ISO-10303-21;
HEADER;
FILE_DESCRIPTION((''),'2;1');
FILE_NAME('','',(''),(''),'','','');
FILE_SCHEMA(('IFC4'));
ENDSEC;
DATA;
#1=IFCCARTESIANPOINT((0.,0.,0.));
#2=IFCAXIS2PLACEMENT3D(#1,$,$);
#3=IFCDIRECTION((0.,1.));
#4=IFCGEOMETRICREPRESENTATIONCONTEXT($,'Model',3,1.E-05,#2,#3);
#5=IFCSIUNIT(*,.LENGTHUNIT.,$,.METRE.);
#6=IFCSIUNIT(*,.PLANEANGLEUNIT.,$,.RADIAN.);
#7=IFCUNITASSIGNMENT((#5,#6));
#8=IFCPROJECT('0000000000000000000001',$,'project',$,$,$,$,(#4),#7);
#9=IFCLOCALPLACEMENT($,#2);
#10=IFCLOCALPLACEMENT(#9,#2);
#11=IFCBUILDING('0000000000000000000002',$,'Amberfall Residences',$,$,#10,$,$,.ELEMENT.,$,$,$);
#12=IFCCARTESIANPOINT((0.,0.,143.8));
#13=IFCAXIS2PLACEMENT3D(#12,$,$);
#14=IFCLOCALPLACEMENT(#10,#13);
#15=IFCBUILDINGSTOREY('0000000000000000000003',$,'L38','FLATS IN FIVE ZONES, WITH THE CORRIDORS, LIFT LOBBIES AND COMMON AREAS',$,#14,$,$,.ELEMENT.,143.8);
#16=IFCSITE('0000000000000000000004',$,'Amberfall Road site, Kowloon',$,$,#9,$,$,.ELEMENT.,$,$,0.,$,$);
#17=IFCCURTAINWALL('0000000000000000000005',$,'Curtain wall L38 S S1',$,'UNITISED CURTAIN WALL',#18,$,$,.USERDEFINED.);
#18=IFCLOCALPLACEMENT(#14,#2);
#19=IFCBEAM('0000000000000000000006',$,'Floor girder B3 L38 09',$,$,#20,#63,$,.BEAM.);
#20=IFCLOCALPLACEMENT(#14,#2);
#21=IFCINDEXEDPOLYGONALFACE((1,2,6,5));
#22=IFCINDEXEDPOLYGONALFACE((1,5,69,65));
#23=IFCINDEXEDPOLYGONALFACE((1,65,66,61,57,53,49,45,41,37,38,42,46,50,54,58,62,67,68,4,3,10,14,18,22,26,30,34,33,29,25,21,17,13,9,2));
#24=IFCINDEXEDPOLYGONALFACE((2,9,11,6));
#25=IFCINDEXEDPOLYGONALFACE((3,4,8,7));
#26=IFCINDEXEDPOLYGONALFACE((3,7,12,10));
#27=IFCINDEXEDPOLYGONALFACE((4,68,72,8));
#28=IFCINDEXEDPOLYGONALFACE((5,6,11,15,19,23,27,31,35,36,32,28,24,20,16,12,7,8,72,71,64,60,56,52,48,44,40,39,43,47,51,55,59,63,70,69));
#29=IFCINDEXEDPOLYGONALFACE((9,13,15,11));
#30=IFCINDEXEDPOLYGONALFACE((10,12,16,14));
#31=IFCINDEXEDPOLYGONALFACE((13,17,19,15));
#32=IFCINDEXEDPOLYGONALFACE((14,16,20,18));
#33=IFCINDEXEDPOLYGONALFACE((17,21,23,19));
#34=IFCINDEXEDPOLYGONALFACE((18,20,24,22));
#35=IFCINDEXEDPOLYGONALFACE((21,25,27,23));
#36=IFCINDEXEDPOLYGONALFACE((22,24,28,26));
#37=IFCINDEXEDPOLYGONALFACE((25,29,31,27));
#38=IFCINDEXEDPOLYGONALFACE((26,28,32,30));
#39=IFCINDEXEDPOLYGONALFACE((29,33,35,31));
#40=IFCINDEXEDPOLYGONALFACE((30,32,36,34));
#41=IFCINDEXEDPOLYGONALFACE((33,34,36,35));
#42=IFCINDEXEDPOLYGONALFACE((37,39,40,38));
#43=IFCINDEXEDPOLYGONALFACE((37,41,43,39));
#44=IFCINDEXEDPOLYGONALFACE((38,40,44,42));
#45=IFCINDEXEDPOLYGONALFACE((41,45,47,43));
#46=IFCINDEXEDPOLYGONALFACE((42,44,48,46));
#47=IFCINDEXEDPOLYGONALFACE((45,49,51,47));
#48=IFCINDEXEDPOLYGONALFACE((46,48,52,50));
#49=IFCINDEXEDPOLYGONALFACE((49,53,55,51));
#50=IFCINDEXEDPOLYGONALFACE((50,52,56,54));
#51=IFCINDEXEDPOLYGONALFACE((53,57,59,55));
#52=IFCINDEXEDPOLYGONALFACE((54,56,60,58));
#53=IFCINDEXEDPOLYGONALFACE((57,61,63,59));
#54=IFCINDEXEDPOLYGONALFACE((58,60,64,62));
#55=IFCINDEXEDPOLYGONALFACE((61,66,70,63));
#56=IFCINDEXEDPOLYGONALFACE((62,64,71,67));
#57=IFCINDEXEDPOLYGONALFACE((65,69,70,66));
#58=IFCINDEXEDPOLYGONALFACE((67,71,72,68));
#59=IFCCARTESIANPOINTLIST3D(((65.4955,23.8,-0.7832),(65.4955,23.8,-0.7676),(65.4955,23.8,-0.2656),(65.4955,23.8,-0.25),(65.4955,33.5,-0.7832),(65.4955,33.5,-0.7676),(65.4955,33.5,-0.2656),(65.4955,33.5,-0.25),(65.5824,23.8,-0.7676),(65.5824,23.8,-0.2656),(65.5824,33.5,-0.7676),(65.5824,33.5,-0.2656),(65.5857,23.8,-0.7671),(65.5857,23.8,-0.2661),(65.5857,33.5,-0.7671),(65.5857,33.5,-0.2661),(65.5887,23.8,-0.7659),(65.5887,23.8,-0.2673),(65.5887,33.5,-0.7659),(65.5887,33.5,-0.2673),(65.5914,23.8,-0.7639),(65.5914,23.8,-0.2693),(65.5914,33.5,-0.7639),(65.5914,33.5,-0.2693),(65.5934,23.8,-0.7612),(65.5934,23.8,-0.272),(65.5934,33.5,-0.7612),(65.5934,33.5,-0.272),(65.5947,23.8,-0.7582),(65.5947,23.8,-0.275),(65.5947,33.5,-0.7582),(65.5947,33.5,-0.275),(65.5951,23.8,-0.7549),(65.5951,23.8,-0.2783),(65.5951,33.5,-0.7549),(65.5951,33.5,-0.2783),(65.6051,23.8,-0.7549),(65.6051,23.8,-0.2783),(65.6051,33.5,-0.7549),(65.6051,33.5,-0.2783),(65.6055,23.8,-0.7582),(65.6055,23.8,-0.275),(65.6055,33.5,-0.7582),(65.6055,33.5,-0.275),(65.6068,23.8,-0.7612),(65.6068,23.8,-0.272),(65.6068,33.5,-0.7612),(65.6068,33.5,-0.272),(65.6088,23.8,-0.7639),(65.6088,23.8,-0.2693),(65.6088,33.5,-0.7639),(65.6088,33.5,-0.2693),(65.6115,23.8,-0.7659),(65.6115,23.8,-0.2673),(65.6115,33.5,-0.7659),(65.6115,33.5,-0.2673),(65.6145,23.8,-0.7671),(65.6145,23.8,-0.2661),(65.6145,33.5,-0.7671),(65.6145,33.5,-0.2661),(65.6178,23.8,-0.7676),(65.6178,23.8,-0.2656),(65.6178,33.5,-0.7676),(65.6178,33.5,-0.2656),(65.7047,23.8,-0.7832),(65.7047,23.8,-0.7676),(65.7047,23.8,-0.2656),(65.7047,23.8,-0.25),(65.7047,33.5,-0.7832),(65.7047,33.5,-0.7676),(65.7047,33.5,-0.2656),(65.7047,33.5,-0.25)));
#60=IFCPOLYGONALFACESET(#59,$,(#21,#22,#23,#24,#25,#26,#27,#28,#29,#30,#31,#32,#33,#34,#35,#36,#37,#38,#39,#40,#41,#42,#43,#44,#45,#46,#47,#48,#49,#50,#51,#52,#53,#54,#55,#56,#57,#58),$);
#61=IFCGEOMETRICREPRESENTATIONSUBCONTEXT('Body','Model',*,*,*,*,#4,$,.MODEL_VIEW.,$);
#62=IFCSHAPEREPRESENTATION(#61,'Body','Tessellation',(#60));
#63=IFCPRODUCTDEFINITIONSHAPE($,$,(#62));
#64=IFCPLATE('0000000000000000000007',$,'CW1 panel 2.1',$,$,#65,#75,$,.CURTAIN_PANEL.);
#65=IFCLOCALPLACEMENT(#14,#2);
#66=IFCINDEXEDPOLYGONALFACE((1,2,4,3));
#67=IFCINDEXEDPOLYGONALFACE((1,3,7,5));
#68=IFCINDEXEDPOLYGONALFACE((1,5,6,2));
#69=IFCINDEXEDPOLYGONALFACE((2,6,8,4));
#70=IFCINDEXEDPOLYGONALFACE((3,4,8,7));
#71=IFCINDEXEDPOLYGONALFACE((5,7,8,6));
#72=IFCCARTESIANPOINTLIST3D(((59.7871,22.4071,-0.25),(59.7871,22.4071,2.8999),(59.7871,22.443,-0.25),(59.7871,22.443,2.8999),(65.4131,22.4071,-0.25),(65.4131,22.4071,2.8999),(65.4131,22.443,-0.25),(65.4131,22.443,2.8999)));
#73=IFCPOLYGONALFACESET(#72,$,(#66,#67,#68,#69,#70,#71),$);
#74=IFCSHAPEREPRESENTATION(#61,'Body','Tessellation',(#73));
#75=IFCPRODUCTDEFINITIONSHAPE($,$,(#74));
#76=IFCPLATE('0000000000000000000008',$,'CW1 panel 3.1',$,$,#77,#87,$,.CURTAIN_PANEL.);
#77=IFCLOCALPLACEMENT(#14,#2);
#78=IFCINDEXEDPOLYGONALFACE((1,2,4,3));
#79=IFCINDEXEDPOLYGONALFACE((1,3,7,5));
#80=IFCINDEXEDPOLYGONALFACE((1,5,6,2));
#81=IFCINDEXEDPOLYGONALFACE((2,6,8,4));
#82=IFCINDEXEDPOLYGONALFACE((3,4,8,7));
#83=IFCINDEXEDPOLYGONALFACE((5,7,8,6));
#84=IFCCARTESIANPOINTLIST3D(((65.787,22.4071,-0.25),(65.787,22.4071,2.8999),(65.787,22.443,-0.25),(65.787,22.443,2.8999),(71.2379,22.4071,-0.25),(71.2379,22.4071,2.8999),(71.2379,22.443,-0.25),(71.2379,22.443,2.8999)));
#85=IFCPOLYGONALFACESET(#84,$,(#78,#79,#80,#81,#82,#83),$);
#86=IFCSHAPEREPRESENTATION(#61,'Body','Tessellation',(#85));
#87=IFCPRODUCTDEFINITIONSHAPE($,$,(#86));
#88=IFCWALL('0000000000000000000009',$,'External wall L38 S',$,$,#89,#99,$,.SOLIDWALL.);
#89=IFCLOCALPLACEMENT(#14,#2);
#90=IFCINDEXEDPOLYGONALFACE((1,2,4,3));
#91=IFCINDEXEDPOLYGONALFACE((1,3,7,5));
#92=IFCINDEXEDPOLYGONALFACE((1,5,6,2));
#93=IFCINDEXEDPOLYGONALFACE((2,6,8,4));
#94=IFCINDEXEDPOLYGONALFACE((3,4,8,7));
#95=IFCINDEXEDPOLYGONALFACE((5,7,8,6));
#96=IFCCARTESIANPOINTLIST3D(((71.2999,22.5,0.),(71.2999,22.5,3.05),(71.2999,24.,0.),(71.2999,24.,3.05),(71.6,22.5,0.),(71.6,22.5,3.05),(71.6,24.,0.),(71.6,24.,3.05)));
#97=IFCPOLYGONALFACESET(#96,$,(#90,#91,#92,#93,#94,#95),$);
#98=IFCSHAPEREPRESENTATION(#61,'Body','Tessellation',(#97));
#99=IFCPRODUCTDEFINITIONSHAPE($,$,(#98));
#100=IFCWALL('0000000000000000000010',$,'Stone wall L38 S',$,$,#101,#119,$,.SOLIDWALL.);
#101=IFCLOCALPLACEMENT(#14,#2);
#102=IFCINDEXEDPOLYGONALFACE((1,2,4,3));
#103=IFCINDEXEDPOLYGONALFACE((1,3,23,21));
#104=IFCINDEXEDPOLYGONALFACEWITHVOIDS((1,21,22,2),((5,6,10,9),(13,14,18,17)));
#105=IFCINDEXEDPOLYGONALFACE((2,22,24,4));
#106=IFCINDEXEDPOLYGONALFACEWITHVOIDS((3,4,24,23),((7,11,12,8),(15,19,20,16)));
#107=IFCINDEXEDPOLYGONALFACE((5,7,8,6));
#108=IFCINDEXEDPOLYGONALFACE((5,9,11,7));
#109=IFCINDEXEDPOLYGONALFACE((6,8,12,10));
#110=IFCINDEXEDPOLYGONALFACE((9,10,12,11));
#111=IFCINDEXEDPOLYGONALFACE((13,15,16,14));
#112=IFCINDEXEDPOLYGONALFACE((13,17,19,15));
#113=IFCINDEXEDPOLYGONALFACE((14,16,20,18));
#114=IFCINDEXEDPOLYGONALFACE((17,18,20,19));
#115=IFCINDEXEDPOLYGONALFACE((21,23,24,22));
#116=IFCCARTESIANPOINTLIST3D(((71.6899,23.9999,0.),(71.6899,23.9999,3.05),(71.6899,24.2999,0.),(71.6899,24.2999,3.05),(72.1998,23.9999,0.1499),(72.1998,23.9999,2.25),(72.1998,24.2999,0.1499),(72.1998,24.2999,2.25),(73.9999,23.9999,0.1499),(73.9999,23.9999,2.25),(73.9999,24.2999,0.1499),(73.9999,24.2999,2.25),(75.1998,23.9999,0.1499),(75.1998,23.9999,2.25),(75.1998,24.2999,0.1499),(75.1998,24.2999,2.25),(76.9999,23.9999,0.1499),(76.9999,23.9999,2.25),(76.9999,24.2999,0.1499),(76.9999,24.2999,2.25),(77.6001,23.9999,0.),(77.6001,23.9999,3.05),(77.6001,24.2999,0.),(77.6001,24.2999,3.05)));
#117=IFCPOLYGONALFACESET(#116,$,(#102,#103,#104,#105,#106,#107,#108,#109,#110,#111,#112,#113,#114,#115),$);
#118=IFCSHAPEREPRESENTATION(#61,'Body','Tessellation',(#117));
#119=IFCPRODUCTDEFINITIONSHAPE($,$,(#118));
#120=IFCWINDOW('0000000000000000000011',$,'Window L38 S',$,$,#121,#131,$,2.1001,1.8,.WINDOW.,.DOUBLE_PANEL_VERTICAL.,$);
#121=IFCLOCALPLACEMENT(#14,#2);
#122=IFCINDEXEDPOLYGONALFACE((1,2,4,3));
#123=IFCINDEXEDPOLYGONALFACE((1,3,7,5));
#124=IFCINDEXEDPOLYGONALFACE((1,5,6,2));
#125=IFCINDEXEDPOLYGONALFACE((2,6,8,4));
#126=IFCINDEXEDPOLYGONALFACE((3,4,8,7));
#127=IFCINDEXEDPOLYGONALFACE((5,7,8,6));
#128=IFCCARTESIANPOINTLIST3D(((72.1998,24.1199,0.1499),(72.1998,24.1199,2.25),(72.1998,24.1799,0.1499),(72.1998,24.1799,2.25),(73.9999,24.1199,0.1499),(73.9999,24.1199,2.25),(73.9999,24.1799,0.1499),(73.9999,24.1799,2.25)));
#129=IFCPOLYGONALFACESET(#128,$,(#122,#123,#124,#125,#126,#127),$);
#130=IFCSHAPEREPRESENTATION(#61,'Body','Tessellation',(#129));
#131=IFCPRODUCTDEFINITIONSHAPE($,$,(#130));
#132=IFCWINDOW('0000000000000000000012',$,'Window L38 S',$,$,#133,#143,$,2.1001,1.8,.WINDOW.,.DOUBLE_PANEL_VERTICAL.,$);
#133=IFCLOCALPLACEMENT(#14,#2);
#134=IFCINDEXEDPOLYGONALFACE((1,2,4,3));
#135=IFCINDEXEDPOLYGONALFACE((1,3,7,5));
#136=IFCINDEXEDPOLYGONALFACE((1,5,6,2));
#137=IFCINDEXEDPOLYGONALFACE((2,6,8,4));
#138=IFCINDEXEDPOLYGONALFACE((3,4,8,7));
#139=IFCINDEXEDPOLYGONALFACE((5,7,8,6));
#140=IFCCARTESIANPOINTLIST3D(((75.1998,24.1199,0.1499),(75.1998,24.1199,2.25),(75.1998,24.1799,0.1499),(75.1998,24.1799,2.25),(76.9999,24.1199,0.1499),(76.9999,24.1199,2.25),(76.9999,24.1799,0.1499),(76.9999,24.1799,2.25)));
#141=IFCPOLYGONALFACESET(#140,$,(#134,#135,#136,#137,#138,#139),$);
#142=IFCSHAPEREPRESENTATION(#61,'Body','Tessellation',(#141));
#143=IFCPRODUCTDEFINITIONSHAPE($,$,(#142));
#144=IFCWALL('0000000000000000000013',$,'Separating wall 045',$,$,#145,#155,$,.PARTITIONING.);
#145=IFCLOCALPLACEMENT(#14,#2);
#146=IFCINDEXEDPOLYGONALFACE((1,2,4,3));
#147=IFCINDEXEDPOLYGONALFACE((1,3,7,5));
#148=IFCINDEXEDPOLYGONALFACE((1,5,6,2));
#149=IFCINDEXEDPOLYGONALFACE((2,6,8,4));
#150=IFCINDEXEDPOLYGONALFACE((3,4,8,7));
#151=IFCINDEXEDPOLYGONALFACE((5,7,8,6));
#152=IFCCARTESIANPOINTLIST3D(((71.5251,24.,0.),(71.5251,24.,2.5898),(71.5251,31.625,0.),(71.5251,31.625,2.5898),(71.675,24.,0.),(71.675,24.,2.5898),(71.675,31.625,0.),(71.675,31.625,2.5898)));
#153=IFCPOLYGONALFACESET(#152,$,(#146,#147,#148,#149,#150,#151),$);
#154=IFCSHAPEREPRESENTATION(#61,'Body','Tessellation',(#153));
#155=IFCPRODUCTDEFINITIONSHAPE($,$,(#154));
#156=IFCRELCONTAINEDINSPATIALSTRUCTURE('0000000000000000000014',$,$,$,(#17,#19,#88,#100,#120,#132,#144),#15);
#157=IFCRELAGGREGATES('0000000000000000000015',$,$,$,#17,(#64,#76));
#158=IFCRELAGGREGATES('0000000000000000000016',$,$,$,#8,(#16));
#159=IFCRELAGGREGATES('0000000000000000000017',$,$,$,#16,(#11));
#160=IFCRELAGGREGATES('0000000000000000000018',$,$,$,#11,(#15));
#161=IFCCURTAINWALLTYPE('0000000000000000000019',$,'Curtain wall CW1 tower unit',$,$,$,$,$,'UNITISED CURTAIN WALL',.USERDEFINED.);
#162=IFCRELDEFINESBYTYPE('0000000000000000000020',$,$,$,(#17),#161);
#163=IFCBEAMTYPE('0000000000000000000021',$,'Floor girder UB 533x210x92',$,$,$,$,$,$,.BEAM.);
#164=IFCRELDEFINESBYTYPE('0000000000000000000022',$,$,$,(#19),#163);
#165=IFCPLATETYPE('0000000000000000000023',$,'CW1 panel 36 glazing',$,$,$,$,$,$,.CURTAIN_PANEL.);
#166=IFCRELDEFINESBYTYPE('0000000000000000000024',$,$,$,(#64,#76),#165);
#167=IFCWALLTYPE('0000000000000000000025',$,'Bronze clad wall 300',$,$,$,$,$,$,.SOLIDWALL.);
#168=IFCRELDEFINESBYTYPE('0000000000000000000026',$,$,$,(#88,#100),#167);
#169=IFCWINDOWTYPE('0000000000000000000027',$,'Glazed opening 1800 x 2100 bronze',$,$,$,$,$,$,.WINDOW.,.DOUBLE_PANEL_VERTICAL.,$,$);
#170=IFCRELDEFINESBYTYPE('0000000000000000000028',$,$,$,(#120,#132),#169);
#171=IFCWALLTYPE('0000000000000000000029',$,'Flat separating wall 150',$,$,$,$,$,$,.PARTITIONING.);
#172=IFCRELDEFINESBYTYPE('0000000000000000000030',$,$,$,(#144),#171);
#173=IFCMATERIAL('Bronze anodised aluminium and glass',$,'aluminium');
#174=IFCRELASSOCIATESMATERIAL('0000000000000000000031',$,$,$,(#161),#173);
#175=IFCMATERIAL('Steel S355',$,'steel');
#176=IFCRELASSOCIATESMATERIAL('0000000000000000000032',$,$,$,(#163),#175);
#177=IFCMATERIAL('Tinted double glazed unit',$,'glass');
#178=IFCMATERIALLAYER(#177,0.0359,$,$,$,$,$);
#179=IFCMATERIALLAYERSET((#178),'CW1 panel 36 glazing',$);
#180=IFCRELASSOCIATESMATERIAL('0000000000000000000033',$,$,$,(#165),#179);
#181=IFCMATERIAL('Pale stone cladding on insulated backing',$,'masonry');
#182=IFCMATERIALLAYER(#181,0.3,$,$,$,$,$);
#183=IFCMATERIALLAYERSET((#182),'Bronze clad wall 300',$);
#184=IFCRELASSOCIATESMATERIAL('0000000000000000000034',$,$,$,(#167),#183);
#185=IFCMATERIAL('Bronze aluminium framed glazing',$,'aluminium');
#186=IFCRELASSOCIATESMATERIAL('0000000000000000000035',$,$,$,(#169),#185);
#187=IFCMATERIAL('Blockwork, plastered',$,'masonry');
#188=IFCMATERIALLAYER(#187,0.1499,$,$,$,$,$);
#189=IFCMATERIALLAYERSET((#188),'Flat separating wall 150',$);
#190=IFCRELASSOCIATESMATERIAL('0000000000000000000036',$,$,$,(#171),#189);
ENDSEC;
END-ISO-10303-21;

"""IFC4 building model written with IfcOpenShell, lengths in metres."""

from ifc_helpers import new_model, si_unit, direction, frame, frame_2d, origin, origin_2d, place, context, subcontext, project, spatial, rectangle, i_section, extrude, material, layer, layer_set, material_profile, profile_set, type_object, element, fill, aggregate, save


model = new_model("IFC4")

# Units and contexts
model_context = context("Model", 3, precision=1e-05, world=origin(), true_north=direction((0.0, 1.0)))
body_context = subcontext(model_context, "Body", "Model", "MODEL_VIEW")
ifc_project = project(units=[si_unit("LENGTHUNIT", "METRE"), si_unit("PLANEANGLEUNIT", "RADIAN")], contexts=[model_context])

# Site, building, storey
site_placement = place(None, origin())
site = spatial("IfcSite", under=ifc_project, at=site_placement, Name="Amberfall Road site, Kowloon", CompositionType="ELEMENT", RefElevation=0.0)
building_placement = place(site_placement, origin())
building = spatial("IfcBuilding", under=site, at=building_placement, Name="Amberfall Residences", CompositionType="ELEMENT")
storey_placement = place(building_placement, frame((0.0, 0.0, 143.8)))
storey = spatial("IfcBuildingStorey", under=building, at=storey_placement, Name="L38", Description="FLATS IN FIVE ZONES, WITH THE CORRIDORS, LIFT LOBBIES AND COMMON AREAS", CompositionType="ELEMENT", Elevation=143.8)

# Curtain wall
ifc_material_1 = material(Name="Bronze anodised aluminium and glass", Category="aluminium")
curtain_wall_type = type_object("IfcCurtainWallType", Name="Curtain wall CW1 tower unit", ElementType="UNITISED CURTAIN WALL", PredefinedType="USERDEFINED", material=ifc_material_1)
curtain_wall_placement = place(storey_placement, origin())
curtain_wall = element("IfcCurtainWall", 1, at=curtain_wall_placement, inside=storey, type_object=curtain_wall_type, Name="Curtain wall L38 S S1", ObjectType="UNITISED CURTAIN WALL", PredefinedType="USERDEFINED")

# Shared definitions
ifc_material_2 = material(Name="Steel S355", Category="steel")

# Beam
ifc_material_profile_1 = material_profile(ifc_material_2, i_section(OverallWidth=0.2092, OverallDepth=0.5332, WebThickness=0.01, FlangeThickness=0.0156, FilletRadius=0.0127, at=origin_2d()), Name="UB 533x210x92")
ifc_profile_set_1 = profile_set([ifc_material_profile_1], Name="Steel S355")
beam_type_1 = type_object("IfcBeamType", Name="Floor girder UB 533x210x92", PredefinedType="BEAM", material=ifc_profile_set_1)
beam_1_placement = place(storey_placement, frame((65.6001, 23.8, -0.5166), z_axis=(0.0, 1.0, 0.0), x_axis=(-1.0, 0.0, 0.0)))
element("IfcBeam", 2, at=beam_1_placement, inside=storey, type_object=beam_type_1, Name="Floor girder B3 L38 09", PredefinedType="BEAM", context=body_context, shape_type="SweptSolid", body=[
    extrude(i_section(OverallWidth=0.2092, OverallDepth=0.5332, WebThickness=0.01, FlangeThickness=0.0156, FilletRadius=0.0127, at=origin_2d()), origin(), (0.0, 0.0, 1.0), 9.7),
])

# Plates
ifc_material_3 = material(Name="Tinted double glazed unit", Category="glass")
ifc_layer_1 = layer(ifc_material_3, 0.0359)
ifc_layer_set_1 = layer_set([ifc_layer_1], Name="CW1 panel 36 glazing")
plate_type = type_object("IfcPlateType", Name="CW1 panel 36 glazing", PredefinedType="CURTAIN_PANEL", material=ifc_layer_set_1)
plate_1_placement = place(storey_placement, frame((62.6001, 22.425, -0.25), z_axis=(0.0, 0.0, 1.0), x_axis=(1.0, 0.0, 0.0)))
plate_1 = element("IfcPlate", 3, at=plate_1_placement, type_object=plate_type, Name="CW1 panel 2.1", PredefinedType="CURTAIN_PANEL", context=body_context, shape_type="SweptSolid", body=[
    extrude(rectangle(XDim=5.626, YDim=0.0359, at=origin_2d()), origin(), (0.0, 0.0, 1.0), 3.1499),
])
plate_2_placement = place(storey_placement, frame((68.5125, 22.425, -0.25), z_axis=(0.0, 0.0, 1.0), x_axis=(1.0, 0.0, 0.0)))
plate_2 = element("IfcPlate", 4, at=plate_2_placement, type_object=plate_type, Name="CW1 panel 3.1", PredefinedType="CURTAIN_PANEL", context=body_context, shape_type="SweptSolid", body=[
    extrude(rectangle(XDim=5.4509, YDim=0.0359, at=origin_2d()), origin(), (0.0, 0.0, 1.0), 3.1499),
])
aggregate(curtain_wall, [plate_1, plate_2])

# Wall
ifc_material_4 = material(Name="Pale stone cladding on insulated backing", Category="masonry")
ifc_layer_2 = layer(ifc_material_4, 0.3)
ifc_layer_set_2 = layer_set([ifc_layer_2], Name="Bronze clad wall 300")
wall_type_1 = type_object("IfcWallType", Name="Bronze clad wall 300", PredefinedType="SOLIDWALL", material=ifc_layer_set_2)
wall_1_placement = place(storey_placement, frame((71.45, 22.5, 0.0), z_axis=(0.0, 0.0, 1.0), x_axis=(0.0, 1.0, 0.0)))
element("IfcWall", 5, at=wall_1_placement, inside=storey, type_object=wall_type_1, Name="External wall L38 S", PredefinedType="SOLIDWALL", context=body_context, shape_type="SweptSolid", body=[
    extrude(rectangle(XDim=1.5, YDim=0.3, at=frame_2d((0.75, 0.0))), origin(), (0.0, 0.0, 1.0), 3.05),
])

# Wall, openings, windows
wall_2_placement = place(storey_placement, frame((71.6899, 24.1499, 0.0), z_axis=(0.0, 0.0, 1.0), x_axis=(1.0, 0.0, 0.0)))
wall_2 = element("IfcWall", 6, at=wall_2_placement, inside=storey, type_object=wall_type_1, Name="Stone wall L38 S", PredefinedType="SOLIDWALL", context=body_context, shape_type="SweptSolid", body=[
    extrude(rectangle(XDim=5.9102, YDim=0.3, at=frame_2d((2.9551, 0.0))), origin(), (0.0, 0.0, 1.0), 3.05),
])
opening_1_placement = place(wall_2_placement, frame((0.51, 0.0, 0.1499)))
opening_1 = element("IfcOpeningElement", 7, at=opening_1_placement, cuts=wall_2, PredefinedType="OPENING", context=body_context, shape_type="SweptSolid", body=[
    extrude(rectangle(XDim=1.8, YDim=2.1001, at=frame_2d((0.8999, 1.05))), frame((0.0, 0.1599, 0.0), z_axis=(0.0, -1.0, 0.0), x_axis=(1.0, 0.0, 0.0)), (0.0, 0.0, 1.0), 0.3201),
])
opening_2_placement = place(wall_2_placement, frame((3.51, 0.0, 0.1499)))
opening_2 = element("IfcOpeningElement", 8, at=opening_2_placement, cuts=wall_2, PredefinedType="OPENING", context=body_context, shape_type="SweptSolid", body=[
    extrude(rectangle(XDim=1.8, YDim=2.1001, at=frame_2d((0.8999, 1.05))), frame((0.0, 0.1599, 0.0), z_axis=(0.0, -1.0, 0.0), x_axis=(1.0, 0.0, 0.0)), (0.0, 0.0, 1.0), 0.3201),
])
ifc_material_5 = material(Name="Bronze aluminium framed glazing", Category="aluminium")
window_type = type_object("IfcWindowType", Name="Glazed opening 1800 x 2100 bronze", PartitioningType="DOUBLE_PANEL_VERTICAL", PredefinedType="WINDOW", material=ifc_material_5)
window_1_placement = place(opening_1_placement, origin())
window_1 = element("IfcWindow", 9, at=window_1_placement, inside=storey, type_object=window_type, Name="Window L38 S", OverallHeight=2.1001, OverallWidth=1.8, PartitioningType="DOUBLE_PANEL_VERTICAL", PredefinedType="WINDOW", context=body_context, shape_type="SweptSolid", body=[
    extrude(rectangle(XDim=1.8, YDim=2.1001, at=frame_2d((0.8999, 1.05))), frame((0.0, 0.03, 0.0), z_axis=(0.0, -1.0, 0.0), x_axis=(1.0, 0.0, 0.0)), (0.0, 0.0, 1.0), 0.0601),
])
fill(opening_1, window_1)
window_2_placement = place(opening_2_placement, origin())
window_2 = element("IfcWindow", 10, at=window_2_placement, inside=storey, type_object=window_type, Name="Window L38 S", OverallHeight=2.1001, OverallWidth=1.8, PartitioningType="DOUBLE_PANEL_VERTICAL", PredefinedType="WINDOW", context=body_context, shape_type="SweptSolid", body=[
    extrude(rectangle(XDim=1.8, YDim=2.1001, at=frame_2d((0.8999, 1.05))), frame((0.0, 0.03, 0.0), z_axis=(0.0, -1.0, 0.0), x_axis=(1.0, 0.0, 0.0)), (0.0, 0.0, 1.0), 0.0601),
])
fill(opening_2, window_2)

# Wall
ifc_material_6 = material(Name="Blockwork, plastered", Category="masonry")
ifc_layer_3 = layer(ifc_material_6, 0.1499)
ifc_layer_set_3 = layer_set([ifc_layer_3], Name="Flat separating wall 150")
wall_type_2 = type_object("IfcWallType", Name="Flat separating wall 150", PredefinedType="PARTITIONING", material=ifc_layer_set_3)
wall_3_placement = place(storey_placement, frame((71.6001, 24.0, 0.0), z_axis=(0.0, 0.0, 1.0), x_axis=(0.0, 1.0, 0.0)))
element("IfcWall", 11, at=wall_3_placement, inside=storey, type_object=wall_type_2, Name="Separating wall 045", PredefinedType="PARTITIONING", context=body_context, shape_type="SweptSolid", body=[
    extrude(rectangle(XDim=7.625, YDim=0.1499, at=frame_2d((3.8125, 0.0))), origin(), (0.0, 0.0, 1.0), 2.5898),
])

save(model, "model.ifc")
